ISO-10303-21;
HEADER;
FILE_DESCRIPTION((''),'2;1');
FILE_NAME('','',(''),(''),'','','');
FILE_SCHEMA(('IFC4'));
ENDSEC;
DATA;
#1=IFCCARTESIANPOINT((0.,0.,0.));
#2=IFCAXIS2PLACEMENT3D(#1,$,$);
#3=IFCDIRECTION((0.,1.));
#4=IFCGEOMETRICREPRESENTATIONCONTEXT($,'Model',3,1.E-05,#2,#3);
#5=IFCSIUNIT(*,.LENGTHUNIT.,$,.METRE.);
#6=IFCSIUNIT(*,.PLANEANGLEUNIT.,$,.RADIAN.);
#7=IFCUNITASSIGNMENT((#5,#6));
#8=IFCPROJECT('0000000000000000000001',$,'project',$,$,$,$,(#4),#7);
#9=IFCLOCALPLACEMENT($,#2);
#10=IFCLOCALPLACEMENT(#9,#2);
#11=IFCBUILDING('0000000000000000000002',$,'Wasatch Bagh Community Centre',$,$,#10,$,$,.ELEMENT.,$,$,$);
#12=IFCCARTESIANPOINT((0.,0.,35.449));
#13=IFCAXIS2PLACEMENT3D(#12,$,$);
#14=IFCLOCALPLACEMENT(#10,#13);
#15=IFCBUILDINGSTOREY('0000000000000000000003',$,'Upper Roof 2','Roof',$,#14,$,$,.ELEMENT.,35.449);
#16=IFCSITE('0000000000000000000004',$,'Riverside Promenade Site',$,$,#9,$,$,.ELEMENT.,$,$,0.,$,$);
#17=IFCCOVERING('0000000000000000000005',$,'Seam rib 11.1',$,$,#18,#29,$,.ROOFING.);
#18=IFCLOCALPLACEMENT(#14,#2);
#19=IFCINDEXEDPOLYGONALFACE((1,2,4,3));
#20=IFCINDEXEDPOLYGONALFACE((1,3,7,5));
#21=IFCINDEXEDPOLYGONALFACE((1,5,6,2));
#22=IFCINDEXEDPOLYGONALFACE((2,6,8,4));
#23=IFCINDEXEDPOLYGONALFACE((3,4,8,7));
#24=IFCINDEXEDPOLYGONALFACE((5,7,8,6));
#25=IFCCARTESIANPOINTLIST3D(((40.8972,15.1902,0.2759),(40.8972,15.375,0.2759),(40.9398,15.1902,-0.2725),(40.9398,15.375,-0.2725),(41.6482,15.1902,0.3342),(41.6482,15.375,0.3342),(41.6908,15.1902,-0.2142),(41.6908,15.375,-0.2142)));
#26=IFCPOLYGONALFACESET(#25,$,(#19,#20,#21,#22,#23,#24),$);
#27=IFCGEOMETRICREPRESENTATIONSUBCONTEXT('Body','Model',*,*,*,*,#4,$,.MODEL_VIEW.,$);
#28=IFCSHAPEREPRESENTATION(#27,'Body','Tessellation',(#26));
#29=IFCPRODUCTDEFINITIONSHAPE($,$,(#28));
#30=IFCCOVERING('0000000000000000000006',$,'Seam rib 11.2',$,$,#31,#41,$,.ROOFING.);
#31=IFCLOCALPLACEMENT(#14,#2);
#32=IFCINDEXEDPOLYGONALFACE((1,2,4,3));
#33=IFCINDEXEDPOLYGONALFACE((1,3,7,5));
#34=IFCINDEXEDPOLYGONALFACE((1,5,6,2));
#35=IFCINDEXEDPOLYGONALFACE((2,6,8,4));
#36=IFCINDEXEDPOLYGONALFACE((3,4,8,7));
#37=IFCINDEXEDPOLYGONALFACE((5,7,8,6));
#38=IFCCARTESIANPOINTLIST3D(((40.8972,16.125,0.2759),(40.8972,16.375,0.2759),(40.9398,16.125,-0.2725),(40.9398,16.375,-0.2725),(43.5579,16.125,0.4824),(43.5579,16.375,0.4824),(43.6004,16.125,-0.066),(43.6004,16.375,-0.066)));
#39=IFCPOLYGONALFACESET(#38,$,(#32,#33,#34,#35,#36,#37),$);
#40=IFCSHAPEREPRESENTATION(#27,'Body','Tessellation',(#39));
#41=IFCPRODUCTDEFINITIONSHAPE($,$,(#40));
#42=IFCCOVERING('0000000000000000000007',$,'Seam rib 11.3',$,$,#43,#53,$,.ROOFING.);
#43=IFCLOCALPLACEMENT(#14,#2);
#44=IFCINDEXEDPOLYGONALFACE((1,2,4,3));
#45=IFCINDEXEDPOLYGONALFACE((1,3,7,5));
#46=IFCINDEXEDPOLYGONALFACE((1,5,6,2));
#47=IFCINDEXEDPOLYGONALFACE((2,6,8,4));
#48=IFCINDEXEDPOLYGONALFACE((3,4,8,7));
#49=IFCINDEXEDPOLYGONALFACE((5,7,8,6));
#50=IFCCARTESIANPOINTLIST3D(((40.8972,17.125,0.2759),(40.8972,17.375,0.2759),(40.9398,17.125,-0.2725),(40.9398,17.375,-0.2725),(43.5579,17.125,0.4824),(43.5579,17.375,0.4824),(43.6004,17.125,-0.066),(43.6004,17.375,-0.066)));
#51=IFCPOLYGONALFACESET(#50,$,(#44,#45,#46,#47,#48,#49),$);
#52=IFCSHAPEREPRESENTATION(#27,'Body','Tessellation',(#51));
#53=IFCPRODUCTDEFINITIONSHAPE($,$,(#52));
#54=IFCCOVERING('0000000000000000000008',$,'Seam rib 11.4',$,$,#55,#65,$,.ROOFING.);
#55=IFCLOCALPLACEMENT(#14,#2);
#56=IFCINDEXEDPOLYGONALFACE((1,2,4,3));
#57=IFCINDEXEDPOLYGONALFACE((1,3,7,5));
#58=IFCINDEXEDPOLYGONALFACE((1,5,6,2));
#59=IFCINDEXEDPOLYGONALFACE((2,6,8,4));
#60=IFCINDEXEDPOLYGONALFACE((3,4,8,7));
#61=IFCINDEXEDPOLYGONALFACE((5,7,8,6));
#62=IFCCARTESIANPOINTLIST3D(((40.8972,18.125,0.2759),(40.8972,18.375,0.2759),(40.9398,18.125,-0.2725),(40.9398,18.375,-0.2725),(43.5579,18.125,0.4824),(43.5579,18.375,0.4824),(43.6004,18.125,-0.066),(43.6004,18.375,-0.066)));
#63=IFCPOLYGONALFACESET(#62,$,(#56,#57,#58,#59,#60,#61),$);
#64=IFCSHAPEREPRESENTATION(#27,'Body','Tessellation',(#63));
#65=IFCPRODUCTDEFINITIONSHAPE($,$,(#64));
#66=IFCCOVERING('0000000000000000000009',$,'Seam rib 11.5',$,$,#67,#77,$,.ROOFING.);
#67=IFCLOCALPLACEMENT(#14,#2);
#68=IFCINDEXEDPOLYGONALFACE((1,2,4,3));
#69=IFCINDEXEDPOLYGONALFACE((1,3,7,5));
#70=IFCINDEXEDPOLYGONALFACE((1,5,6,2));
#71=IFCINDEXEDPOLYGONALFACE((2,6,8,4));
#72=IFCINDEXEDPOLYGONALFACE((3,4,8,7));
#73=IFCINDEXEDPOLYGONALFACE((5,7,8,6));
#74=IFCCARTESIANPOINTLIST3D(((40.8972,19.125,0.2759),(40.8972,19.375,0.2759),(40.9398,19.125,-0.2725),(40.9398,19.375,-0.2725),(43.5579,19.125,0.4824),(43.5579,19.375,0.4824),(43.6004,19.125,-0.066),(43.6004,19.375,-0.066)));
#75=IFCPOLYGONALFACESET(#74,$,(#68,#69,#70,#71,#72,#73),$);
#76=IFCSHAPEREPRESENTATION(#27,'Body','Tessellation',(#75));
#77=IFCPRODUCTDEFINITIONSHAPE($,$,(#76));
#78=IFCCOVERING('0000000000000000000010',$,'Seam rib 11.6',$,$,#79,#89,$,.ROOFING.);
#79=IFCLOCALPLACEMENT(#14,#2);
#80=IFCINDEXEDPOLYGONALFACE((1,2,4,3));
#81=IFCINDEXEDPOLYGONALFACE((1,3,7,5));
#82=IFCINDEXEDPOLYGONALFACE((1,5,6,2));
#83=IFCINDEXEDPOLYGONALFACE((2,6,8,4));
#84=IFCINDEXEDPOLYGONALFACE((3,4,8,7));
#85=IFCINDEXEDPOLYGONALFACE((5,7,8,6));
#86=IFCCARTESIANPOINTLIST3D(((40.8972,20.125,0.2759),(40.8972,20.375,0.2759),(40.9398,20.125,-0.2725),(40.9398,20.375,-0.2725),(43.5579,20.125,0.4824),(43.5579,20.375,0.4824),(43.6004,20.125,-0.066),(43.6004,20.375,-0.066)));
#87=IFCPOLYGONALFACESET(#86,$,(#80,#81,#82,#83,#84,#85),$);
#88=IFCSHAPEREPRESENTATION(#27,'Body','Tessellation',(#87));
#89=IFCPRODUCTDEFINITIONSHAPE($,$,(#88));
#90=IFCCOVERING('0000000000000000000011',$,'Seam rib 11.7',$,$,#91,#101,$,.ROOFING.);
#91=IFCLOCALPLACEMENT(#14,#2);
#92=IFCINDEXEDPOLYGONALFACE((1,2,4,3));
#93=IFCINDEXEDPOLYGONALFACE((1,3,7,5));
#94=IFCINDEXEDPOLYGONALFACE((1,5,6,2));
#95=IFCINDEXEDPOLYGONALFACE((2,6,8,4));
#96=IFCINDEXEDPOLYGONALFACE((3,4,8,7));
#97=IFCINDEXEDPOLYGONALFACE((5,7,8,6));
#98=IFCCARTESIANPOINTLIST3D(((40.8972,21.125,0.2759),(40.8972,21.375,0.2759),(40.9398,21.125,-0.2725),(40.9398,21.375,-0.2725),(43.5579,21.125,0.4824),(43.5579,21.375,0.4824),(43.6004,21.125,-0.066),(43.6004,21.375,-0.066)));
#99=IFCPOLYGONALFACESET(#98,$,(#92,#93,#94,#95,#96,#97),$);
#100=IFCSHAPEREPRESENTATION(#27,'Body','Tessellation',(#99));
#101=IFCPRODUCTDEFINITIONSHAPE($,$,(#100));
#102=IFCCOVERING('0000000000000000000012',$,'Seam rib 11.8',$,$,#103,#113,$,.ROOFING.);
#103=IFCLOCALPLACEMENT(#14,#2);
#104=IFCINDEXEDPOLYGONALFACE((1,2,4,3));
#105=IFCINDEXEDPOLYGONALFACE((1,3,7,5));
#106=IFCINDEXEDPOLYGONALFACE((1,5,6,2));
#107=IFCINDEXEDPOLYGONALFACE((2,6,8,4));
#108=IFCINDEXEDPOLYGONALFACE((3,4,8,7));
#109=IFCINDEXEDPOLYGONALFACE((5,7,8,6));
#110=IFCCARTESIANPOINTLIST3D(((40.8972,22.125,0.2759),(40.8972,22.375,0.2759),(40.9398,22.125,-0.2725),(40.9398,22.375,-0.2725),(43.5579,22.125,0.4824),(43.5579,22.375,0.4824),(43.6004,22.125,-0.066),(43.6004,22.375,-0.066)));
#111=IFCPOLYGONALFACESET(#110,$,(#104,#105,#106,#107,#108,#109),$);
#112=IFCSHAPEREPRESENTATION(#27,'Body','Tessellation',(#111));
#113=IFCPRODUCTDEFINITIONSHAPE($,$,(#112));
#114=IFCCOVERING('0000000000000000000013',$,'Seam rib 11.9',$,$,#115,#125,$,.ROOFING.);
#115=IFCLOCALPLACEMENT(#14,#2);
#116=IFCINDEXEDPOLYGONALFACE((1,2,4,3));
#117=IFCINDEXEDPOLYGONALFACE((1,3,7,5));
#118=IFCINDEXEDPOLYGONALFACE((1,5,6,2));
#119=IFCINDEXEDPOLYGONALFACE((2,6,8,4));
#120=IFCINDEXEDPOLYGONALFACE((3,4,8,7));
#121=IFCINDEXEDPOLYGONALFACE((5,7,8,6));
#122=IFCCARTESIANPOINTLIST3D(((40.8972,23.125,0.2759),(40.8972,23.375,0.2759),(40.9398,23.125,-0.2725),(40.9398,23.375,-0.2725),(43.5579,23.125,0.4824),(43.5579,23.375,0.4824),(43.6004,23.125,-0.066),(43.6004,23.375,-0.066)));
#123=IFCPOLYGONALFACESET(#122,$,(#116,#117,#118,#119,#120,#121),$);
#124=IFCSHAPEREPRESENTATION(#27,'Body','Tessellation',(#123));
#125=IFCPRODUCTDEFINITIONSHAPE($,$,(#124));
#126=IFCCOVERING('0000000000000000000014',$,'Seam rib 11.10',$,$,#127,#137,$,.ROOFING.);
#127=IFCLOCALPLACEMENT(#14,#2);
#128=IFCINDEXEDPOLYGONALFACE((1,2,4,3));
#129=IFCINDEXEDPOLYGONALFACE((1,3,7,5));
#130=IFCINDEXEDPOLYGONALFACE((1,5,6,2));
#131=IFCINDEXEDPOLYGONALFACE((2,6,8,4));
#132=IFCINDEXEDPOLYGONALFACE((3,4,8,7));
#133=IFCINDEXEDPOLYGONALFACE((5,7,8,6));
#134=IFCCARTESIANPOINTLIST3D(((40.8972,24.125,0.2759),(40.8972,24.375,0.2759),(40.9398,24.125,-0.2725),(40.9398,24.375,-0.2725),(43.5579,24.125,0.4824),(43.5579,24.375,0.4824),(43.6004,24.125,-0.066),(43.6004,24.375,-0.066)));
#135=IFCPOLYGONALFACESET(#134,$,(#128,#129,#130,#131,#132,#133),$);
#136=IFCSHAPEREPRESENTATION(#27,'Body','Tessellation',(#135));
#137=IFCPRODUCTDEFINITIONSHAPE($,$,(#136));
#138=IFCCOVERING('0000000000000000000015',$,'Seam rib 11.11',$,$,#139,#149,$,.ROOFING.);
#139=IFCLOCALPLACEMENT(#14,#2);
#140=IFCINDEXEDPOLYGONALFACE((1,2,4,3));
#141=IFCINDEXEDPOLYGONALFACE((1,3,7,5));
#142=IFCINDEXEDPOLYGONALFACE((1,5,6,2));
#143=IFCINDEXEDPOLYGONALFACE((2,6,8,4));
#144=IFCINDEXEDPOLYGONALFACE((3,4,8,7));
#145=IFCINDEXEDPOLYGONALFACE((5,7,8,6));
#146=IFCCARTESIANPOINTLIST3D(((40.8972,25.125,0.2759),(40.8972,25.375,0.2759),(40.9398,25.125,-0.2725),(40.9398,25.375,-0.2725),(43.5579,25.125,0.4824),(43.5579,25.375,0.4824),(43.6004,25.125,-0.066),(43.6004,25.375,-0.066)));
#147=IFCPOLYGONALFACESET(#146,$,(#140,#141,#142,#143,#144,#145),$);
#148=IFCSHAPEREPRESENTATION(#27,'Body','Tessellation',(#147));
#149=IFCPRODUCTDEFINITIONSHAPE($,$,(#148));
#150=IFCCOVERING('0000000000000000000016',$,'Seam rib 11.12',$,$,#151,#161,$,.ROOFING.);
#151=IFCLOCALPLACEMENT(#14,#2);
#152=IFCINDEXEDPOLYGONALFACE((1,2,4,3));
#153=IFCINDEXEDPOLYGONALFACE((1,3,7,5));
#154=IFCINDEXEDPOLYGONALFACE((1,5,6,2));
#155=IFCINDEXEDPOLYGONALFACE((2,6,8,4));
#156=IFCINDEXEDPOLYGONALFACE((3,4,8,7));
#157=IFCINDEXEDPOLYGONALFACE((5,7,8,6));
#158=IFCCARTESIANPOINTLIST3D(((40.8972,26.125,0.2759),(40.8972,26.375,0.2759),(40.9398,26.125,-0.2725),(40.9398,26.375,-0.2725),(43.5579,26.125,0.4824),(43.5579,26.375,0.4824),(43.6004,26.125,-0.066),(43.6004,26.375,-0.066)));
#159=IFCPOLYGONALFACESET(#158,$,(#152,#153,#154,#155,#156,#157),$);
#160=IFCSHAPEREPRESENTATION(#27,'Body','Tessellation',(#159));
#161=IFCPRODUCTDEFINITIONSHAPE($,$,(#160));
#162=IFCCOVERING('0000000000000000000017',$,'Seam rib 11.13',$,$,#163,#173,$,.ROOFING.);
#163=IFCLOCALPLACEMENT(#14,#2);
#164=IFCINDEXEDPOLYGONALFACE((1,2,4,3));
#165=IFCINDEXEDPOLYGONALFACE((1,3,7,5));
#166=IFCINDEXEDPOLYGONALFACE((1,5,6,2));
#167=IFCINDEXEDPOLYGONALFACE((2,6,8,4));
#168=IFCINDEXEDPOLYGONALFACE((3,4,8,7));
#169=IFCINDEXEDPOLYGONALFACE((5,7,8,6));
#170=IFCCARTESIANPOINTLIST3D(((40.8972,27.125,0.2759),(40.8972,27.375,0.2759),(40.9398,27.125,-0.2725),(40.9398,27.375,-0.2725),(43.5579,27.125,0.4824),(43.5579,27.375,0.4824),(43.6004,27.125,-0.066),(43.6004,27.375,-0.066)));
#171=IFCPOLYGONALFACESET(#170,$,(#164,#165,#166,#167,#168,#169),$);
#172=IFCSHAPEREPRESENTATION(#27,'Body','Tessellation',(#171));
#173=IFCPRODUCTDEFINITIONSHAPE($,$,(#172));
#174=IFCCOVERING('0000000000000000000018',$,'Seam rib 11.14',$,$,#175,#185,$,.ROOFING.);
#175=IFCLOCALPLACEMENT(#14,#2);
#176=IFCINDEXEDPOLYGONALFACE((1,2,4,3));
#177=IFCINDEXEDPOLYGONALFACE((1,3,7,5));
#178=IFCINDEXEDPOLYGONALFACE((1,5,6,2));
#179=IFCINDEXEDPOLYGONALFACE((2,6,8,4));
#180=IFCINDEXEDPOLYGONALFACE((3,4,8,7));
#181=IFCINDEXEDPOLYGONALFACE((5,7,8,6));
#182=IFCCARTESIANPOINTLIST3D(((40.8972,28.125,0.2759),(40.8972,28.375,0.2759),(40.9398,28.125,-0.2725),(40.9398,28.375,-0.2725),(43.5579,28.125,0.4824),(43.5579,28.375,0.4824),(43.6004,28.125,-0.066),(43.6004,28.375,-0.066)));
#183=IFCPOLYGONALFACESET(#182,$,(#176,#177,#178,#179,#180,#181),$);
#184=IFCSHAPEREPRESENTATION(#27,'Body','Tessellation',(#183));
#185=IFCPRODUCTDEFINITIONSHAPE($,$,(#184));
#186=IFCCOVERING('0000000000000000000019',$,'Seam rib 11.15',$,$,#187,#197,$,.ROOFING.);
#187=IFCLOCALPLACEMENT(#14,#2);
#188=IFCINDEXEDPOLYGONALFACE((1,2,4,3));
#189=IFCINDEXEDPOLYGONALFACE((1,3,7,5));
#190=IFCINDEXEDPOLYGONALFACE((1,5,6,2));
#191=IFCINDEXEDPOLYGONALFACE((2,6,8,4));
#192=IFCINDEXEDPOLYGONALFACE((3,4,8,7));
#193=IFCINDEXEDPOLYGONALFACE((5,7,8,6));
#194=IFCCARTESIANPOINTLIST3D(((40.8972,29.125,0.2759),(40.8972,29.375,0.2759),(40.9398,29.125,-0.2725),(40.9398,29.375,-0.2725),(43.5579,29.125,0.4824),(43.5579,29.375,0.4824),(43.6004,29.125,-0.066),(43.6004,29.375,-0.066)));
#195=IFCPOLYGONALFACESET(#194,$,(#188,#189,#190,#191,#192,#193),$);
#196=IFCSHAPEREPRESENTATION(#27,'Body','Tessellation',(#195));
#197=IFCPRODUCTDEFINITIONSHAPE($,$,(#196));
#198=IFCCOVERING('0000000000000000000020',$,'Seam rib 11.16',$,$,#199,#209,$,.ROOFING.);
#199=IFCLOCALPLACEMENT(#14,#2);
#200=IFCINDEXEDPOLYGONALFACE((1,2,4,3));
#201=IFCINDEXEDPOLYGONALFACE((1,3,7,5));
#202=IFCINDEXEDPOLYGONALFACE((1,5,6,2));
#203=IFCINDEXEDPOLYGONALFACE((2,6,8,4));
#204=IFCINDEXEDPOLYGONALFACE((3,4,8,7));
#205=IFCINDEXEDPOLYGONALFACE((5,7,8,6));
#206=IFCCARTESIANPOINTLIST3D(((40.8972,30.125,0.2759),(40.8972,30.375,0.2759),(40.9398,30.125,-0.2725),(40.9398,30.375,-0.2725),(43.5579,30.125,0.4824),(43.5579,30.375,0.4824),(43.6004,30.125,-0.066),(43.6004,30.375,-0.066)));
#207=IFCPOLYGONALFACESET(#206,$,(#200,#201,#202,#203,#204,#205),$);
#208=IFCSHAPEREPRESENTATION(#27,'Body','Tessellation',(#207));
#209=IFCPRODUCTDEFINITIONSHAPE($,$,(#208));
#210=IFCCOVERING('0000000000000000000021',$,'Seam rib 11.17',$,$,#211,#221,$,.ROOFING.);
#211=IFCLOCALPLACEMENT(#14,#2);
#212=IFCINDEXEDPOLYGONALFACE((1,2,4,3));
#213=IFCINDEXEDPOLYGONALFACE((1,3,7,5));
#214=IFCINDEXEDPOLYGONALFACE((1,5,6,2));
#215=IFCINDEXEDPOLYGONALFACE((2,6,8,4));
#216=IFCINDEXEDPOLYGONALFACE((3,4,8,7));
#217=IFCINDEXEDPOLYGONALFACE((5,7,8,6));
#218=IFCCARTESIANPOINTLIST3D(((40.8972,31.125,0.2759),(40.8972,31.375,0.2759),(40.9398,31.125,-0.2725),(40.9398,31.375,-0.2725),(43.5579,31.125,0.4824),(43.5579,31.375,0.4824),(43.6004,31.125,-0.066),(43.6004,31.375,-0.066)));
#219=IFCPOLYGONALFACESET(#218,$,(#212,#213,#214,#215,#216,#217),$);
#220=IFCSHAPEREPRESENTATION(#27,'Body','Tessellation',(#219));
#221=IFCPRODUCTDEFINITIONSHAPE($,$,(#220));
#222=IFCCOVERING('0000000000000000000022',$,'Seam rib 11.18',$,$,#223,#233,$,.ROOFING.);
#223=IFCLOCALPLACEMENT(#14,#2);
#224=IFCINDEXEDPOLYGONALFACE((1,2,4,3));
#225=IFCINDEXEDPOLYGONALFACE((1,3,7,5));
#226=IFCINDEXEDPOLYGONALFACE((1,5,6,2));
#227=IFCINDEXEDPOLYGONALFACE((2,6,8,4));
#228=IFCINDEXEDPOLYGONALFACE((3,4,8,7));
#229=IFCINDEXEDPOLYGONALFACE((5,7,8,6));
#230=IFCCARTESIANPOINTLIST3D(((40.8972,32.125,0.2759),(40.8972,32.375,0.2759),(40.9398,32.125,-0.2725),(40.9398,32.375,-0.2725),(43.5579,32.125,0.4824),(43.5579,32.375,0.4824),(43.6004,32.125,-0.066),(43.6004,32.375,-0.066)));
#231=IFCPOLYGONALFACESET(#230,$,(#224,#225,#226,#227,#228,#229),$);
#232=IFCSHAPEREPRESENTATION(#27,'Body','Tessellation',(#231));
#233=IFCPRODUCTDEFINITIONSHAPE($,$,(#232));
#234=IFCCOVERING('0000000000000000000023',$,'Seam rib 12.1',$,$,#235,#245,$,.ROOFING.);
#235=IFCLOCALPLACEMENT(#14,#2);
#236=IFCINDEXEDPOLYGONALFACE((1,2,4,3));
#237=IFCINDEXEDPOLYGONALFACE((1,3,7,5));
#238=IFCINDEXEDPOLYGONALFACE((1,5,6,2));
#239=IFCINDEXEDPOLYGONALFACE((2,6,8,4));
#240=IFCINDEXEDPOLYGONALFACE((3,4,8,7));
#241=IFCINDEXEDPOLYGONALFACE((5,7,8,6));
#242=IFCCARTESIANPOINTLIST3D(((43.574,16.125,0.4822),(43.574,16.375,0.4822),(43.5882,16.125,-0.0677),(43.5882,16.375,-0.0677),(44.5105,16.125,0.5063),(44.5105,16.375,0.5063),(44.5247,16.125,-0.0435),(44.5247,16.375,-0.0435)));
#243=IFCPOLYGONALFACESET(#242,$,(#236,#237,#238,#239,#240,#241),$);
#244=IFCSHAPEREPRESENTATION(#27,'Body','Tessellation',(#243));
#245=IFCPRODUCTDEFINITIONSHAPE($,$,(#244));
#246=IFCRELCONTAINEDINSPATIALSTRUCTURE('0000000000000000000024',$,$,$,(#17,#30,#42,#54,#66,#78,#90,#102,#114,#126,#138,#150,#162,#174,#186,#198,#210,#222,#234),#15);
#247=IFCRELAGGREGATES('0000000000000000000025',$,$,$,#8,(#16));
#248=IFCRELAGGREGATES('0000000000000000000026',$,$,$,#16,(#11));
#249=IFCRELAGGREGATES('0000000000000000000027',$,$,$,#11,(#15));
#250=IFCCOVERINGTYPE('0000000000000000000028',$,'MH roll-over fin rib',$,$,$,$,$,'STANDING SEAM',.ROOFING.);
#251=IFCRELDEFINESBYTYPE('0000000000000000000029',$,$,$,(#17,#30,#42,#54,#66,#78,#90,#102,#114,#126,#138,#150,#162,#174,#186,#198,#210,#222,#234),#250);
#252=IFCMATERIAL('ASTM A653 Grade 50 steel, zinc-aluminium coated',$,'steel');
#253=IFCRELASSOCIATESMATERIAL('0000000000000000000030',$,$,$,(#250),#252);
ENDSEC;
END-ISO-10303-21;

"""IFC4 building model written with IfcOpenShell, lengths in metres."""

from ifc_helpers import new_model, si_unit, direction, frame, origin, place, context, subcontext, project, spatial, polyline, outline, extrude, material, type_object, element, save


model = new_model("IFC4")

# Units and contexts
model_context = context("Model", 3, precision=1e-05, world=origin(), true_north=direction((0.0, 1.0)))
body_context = subcontext(model_context, "Body", "Model", "MODEL_VIEW")
ifc_project = project(units=[si_unit("LENGTHUNIT", "METRE"), si_unit("PLANEANGLEUNIT", "RADIAN")], contexts=[model_context])

# Site, building, storey
site_placement = place(None, origin())
site = spatial("IfcSite", under=ifc_project, at=site_placement, Name="Riverside Promenade Site", CompositionType="ELEMENT", RefElevation=0.0)
building_placement = place(site_placement, origin())
building = spatial("IfcBuilding", under=site, at=building_placement, Name="Wasatch Bagh Community Centre", CompositionType="ELEMENT")
storey_placement = place(building_placement, frame((0.0, 0.0, 35.449)))
storey = spatial("IfcBuildingStorey", under=building, at=storey_placement, Name="Upper Roof 2", Description="Roof", CompositionType="ELEMENT", Elevation=35.449)

# Coverings
ifc_material = material(Name="ASTM A653 Grade 50 steel, zinc-aluminium coated", Category="steel")
covering_type = type_object("IfcCoveringType", Name="MH roll-over fin rib", ElementType="STANDING SEAM", PredefinedType="ROOFING", material=ifc_material)
covering_1_placement = place(storey_placement, frame((40.8972, 15.1902, 0.2759), z_axis=(-0.077465, 0.0, 0.996995), x_axis=(0.996995, 0.0, 0.077465)))
element("IfcCovering", 1, at=covering_1_placement, inside=storey, type_object=covering_type, Name="Seam rib 11.1", PredefinedType="ROOFING", context=body_context, shape_type="SweptSolid", body=[
    extrude(outline(polyline([(0.0, 0.0), (0.7532, 0.0), (0.7532, 0.1848), (0.0, 0.1848), (0.0, 0.0)])), origin(), (0.0, 0.0, -1.0), 0.55),
])
for number, where, z_axis, x_axis, name in (
    (2, (40.8972, 16.125, 0.2759), (-0.077396, 0.0, 0.997), (0.997, 0.0, 0.077396), "Seam rib 11.2"),
    (3, (40.8972, 17.125, 0.2759), (-0.077396, 0.0, 0.997), (0.997, 0.0, 0.077396), "Seam rib 11.3"),
    (4, (40.8972, 18.125, 0.2759), (-0.077396, 0.0, 0.997), (0.997, 0.0, 0.077396), "Seam rib 11.4"),
    (5, (40.8972, 19.125, 0.2759), (-0.077396, 0.0, 0.997), (0.997, 0.0, 0.077396), "Seam rib 11.5"),
    (6, (40.8972, 20.125, 0.2759), (-0.077396, 0.0, 0.997), (0.997, 0.0, 0.077396), "Seam rib 11.6"),
    (7, (40.8972, 21.125, 0.2759), (-0.077396, 0.0, 0.997), (0.997, 0.0, 0.077396), "Seam rib 11.7"),
    (8, (40.8972, 22.125, 0.2759), (-0.077396, 0.0, 0.997), (0.997, 0.0, 0.077396), "Seam rib 11.8"),
    (9, (40.8972, 23.125, 0.2759), (-0.077396, 0.0, 0.997), (0.997, 0.0, 0.077396), "Seam rib 11.9"),
    (10, (40.8972, 24.125, 0.2759), (-0.077396, 0.0, 0.997), (0.997, 0.0, 0.077396), "Seam rib 11.10"),
    (11, (40.8972, 25.125, 0.2759), (-0.077396, 0.0, 0.997), (0.997, 0.0, 0.077396), "Seam rib 11.11"),
    (12, (40.8972, 26.125, 0.2759), (-0.077396, 0.0, 0.997), (0.997, 0.0, 0.077396), "Seam rib 11.12"),
    (13, (40.8972, 27.125, 0.2759), (-0.077396, 0.0, 0.997), (0.997, 0.0, 0.077396), "Seam rib 11.13"),
    (14, (40.8972, 28.125, 0.2759), (-0.077396, 0.0, 0.997), (0.997, 0.0, 0.077396), "Seam rib 11.14"),
    (15, (40.8972, 29.125, 0.2759), (-0.077396, 0.0, 0.997), (0.997, 0.0, 0.077396), "Seam rib 11.15"),
    (16, (40.8972, 30.125, 0.2759), (-0.077396, 0.0, 0.997), (0.997, 0.0, 0.077396), "Seam rib 11.16"),
    (17, (40.8972, 31.125, 0.2759), (-0.077396, 0.0, 0.997), (0.997, 0.0, 0.077396), "Seam rib 11.17"),
    (18, (40.8972, 32.125, 0.2759), (-0.077396, 0.0, 0.997), (0.997, 0.0, 0.077396), "Seam rib 11.18"),
):
    element("IfcCovering", number, at=place(storey_placement, frame(where, z_axis=z_axis, x_axis=x_axis)), inside=storey, type_object=covering_type, Name=name, PredefinedType="ROOFING", context=body_context, shape_type="SweptSolid", body=[
        extrude(outline(polyline([(0.0, 0.0), (2.6686, 0.0), (2.6686, 0.25), (0.0, 0.25), (0.0, 0.0)])), origin(), (0.0, 0.0, -1.0), 0.55),
    ])
covering_2_placement = place(storey_placement, frame((43.574, 16.125, 0.4822), z_axis=(-0.0258, 0.0, 0.999667), x_axis=(0.999667, 0.0, 0.0258)))
element("IfcCovering", 19, at=covering_2_placement, inside=storey, type_object=covering_type, Name="Seam rib 12.1", PredefinedType="ROOFING", context=body_context, shape_type="SweptSolid", body=[
    extrude(outline(polyline([(0.0, 0.0), (0.9368, 0.0), (0.9368, 0.25), (0.0, 0.25), (0.0, 0.0)])), origin(), (0.0, 0.0, -1.0), 0.55),
])

save(model, "model.ifc")
